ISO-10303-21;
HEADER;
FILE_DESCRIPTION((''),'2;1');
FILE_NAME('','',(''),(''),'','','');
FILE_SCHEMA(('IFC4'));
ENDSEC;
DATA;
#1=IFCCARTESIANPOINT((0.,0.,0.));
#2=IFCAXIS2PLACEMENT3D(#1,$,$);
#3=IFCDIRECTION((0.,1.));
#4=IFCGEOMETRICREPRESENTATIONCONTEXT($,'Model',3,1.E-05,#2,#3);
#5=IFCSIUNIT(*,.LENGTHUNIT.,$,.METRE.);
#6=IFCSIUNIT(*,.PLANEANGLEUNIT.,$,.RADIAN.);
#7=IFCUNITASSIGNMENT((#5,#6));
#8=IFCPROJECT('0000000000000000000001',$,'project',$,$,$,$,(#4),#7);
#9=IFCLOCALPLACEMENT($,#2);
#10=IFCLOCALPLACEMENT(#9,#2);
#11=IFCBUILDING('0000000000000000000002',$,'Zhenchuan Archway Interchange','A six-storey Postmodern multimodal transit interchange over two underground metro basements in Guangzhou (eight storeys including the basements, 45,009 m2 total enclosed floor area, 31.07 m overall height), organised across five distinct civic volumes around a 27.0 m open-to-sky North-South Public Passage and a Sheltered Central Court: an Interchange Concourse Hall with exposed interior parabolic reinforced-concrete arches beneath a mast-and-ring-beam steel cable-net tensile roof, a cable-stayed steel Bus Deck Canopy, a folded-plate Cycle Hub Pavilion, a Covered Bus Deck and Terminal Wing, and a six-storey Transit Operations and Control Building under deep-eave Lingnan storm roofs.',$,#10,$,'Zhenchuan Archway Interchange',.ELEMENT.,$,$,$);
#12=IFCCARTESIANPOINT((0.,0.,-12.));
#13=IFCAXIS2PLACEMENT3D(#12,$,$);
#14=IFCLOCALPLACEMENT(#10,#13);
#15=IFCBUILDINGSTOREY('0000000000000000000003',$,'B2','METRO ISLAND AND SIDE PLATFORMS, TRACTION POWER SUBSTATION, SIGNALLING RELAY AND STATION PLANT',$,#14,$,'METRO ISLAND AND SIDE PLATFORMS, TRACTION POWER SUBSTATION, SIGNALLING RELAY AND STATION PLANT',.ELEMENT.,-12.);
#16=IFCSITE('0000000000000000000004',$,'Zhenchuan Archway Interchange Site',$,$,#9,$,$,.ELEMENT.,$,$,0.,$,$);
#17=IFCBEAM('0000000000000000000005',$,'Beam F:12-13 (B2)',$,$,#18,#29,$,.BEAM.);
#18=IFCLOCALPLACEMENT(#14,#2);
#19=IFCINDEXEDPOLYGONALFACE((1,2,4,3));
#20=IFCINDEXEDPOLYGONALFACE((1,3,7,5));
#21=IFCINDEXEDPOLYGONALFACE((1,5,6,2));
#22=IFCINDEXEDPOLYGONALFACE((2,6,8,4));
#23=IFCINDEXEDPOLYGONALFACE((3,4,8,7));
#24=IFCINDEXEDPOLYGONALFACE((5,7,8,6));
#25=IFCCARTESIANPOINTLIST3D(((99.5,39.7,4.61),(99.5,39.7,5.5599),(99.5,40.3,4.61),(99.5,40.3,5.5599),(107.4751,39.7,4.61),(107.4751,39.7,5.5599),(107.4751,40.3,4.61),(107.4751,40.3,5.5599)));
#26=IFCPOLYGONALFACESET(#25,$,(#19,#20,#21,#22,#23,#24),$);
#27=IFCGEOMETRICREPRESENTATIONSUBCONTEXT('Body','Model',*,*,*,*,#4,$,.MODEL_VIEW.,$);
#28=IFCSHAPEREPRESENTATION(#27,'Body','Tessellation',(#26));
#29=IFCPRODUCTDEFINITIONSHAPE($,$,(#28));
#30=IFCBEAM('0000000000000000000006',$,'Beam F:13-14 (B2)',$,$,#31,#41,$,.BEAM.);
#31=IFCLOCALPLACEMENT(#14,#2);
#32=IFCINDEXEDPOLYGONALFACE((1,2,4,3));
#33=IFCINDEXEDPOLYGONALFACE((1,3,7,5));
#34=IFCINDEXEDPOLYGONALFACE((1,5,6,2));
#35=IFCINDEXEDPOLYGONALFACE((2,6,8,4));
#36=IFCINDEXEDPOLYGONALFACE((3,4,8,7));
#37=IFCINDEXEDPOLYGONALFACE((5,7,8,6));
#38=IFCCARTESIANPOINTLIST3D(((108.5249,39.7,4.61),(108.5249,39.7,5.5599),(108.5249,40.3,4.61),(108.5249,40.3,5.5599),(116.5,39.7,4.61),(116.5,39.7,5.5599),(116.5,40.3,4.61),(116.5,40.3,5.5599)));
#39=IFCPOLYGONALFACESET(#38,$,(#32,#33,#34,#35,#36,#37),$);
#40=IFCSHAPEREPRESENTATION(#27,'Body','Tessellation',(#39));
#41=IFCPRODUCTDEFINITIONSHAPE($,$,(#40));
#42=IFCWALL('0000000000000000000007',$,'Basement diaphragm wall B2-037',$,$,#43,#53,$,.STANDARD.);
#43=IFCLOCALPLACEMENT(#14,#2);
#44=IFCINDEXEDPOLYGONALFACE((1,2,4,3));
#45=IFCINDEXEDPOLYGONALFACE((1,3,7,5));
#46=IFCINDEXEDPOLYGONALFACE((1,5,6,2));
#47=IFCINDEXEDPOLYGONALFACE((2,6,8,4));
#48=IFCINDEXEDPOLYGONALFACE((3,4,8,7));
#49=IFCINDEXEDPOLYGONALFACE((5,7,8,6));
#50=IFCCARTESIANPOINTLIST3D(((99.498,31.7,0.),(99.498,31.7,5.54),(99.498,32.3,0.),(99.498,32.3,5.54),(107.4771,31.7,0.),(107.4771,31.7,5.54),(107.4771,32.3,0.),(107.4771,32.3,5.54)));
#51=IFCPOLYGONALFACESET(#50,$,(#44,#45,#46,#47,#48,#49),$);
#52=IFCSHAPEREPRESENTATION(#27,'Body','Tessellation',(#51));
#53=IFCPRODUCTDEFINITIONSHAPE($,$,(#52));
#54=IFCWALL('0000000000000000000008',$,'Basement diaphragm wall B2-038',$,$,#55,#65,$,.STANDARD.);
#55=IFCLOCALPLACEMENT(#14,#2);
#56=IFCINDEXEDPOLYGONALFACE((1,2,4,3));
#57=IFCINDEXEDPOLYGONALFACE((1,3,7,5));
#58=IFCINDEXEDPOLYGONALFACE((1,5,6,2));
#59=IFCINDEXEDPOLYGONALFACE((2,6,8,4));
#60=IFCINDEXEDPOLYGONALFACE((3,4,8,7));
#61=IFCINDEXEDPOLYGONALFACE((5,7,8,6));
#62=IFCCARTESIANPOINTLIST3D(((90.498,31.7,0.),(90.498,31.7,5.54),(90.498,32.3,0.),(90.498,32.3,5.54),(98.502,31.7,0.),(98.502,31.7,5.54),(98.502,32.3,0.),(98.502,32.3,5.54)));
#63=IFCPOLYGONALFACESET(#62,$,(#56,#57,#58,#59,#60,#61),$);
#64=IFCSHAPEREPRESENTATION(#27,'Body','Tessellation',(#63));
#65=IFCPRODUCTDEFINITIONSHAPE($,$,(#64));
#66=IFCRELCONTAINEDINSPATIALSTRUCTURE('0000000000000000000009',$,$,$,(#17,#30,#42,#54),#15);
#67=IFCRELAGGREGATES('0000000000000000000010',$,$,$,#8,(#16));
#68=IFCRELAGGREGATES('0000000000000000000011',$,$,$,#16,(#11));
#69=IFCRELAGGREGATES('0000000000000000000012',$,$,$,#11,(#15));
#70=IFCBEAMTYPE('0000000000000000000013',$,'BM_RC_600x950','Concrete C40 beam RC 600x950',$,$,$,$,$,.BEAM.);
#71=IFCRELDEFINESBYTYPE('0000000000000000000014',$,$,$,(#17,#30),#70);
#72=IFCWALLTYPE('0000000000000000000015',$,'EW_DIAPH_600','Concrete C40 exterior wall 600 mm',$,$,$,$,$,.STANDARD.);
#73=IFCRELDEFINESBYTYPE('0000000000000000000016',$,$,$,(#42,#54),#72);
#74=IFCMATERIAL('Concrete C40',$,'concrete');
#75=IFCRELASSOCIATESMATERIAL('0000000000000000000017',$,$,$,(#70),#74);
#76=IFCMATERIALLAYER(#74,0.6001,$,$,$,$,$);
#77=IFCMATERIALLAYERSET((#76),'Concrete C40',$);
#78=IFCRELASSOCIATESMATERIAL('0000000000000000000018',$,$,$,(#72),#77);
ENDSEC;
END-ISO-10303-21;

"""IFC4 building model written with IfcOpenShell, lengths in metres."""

from ifc_helpers import new_model, si_unit, direction, frame, frame_2d, origin, origin_2d, place, context, subcontext, project, spatial, rectangle, extrude, material, layer, layer_set, material_profile, profile_set, type_object, element, save


model = new_model("IFC4")

# Units and contexts
model_context = context("Model", 3, precision=1e-05, world=origin(), true_north=direction((0.0, 1.0)))
body_context = subcontext(model_context, "Body", "Model", "MODEL_VIEW")
ifc_project = project(units=[si_unit("LENGTHUNIT", "METRE"), si_unit("PLANEANGLEUNIT", "RADIAN")], contexts=[model_context])

# Site, building, storey
site_placement = place(None, origin())
site = spatial("IfcSite", under=ifc_project, at=site_placement, Name="Zhenchuan Archway Interchange Site", CompositionType="ELEMENT", RefElevation=0.0)
building_placement = place(site_placement, origin())
building = spatial("IfcBuilding", under=site, at=building_placement, Name="Zhenchuan Archway Interchange", Description="A six-storey Postmodern multimodal transit interchange over two underground metro basements in Guangzhou (eight storeys including the basements, 45,009 m2 total enclosed floor area, 31.07 m overall height), organised across five distinct civic volumes around a 27.0 m open-to-sky North-South Public Passage and a Sheltered Central Court: an Interchange Concourse Hall with exposed interior parabolic reinforced-concrete arches beneath a mast-and-ring-beam steel cable-net tensile roof, a cable-stayed steel Bus Deck Canopy, a folded-plate Cycle Hub Pavilion, a Covered Bus Deck and Terminal Wing, and a six-storey Transit Operations and Control Building under deep-eave Lingnan storm roofs.", LongName="Zhenchuan Archway Interchange", CompositionType="ELEMENT")
storey_placement = place(building_placement, frame((0.0, 0.0, -12.0)))
storey = spatial("IfcBuildingStorey", under=building, at=storey_placement, Name="B2", Description="METRO ISLAND AND SIDE PLATFORMS, TRACTION POWER SUBSTATION, SIGNALLING RELAY AND STATION PLANT", LongName="METRO ISLAND AND SIDE PLATFORMS, TRACTION POWER SUBSTATION, SIGNALLING RELAY AND STATION PLANT", CompositionType="ELEMENT", Elevation=-12.0)

# Shared definitions
ifc_material_1 = material(Name="Concrete C40", Category="concrete")

# Beams
ifc_material_profile_1 = material_profile(ifc_material_1, rectangle(XDim=0.6001, YDim=0.95, at=origin_2d()), Name="RC 600x950")
ifc_profile_set_1 = profile_set([ifc_material_profile_1], Name="Concrete C40")
beam_type_1 = type_object("IfcBeamType", Name="BM_RC_600x950", Description="Concrete C40 beam RC 600x950", PredefinedType="BEAM", material=ifc_profile_set_1)
for number, where, z_axis, x_axis, name in (
    (1, (99.5, 40.0, 5.085), (1.0, 0.0, 0.0), (0.0, 1.0, 0.0), "Beam F:12-13 (B2)"),
    (2, (108.5249, 40.0, 5.085), (1.0, 0.0, 0.0), (0.0, 1.0, 0.0), "Beam F:13-14 (B2)"),
):
    element("IfcBeam", number, at=place(storey_placement, frame(where, z_axis=z_axis, x_axis=x_axis)), inside=storey, type_object=beam_type_1, Name=name, PredefinedType="BEAM", context=body_context, shape_type="SweptSolid", body=[
        extrude(rectangle(XDim=0.6001, YDim=0.95, at=origin_2d()), origin(), (0.0, 0.0, 1.0), 7.9751),
    ])

# Walls
ifc_layer = layer(ifc_material_1, 0.6001)
ifc_layer_set = layer_set([ifc_layer], Name="Concrete C40")
wall_type = type_object("IfcWallType", Name="EW_DIAPH_600", Description="Concrete C40 exterior wall 600 mm", PredefinedType="STANDARD", material=ifc_layer_set)
wall_1_placement = place(storey_placement, frame((107.4771, 32.0, 0.0), z_axis=(0.0, 0.0, 1.0), x_axis=(-1.0, 0.0, 0.0)))
element("IfcWall", 3, at=wall_1_placement, inside=storey, type_object=wall_type, Name="Basement diaphragm wall B2-037", PredefinedType="STANDARD", context=body_context, shape_type="SweptSolid", body=[
    extrude(rectangle(XDim=7.979, YDim=0.6001, at=frame_2d((3.9895, 0.0))), origin(), (0.0, 0.0, 1.0), 5.54),
])
wall_2_placement = place(storey_placement, frame((98.502, 32.0, 0.0), z_axis=(0.0, 0.0, 1.0), x_axis=(-1.0, 0.0, 0.0)))
element("IfcWall", 4, at=wall_2_placement, inside=storey, type_object=wall_type, Name="Basement diaphragm wall B2-038", PredefinedType="STANDARD", context=body_context, shape_type="SweptSolid", body=[
    extrude(rectangle(XDim=8.0039, YDim=0.6001, at=frame_2d((4.002, 0.0))), origin(), (0.0, 0.0, 1.0), 5.54),
])

save(model, "model.ifc")
